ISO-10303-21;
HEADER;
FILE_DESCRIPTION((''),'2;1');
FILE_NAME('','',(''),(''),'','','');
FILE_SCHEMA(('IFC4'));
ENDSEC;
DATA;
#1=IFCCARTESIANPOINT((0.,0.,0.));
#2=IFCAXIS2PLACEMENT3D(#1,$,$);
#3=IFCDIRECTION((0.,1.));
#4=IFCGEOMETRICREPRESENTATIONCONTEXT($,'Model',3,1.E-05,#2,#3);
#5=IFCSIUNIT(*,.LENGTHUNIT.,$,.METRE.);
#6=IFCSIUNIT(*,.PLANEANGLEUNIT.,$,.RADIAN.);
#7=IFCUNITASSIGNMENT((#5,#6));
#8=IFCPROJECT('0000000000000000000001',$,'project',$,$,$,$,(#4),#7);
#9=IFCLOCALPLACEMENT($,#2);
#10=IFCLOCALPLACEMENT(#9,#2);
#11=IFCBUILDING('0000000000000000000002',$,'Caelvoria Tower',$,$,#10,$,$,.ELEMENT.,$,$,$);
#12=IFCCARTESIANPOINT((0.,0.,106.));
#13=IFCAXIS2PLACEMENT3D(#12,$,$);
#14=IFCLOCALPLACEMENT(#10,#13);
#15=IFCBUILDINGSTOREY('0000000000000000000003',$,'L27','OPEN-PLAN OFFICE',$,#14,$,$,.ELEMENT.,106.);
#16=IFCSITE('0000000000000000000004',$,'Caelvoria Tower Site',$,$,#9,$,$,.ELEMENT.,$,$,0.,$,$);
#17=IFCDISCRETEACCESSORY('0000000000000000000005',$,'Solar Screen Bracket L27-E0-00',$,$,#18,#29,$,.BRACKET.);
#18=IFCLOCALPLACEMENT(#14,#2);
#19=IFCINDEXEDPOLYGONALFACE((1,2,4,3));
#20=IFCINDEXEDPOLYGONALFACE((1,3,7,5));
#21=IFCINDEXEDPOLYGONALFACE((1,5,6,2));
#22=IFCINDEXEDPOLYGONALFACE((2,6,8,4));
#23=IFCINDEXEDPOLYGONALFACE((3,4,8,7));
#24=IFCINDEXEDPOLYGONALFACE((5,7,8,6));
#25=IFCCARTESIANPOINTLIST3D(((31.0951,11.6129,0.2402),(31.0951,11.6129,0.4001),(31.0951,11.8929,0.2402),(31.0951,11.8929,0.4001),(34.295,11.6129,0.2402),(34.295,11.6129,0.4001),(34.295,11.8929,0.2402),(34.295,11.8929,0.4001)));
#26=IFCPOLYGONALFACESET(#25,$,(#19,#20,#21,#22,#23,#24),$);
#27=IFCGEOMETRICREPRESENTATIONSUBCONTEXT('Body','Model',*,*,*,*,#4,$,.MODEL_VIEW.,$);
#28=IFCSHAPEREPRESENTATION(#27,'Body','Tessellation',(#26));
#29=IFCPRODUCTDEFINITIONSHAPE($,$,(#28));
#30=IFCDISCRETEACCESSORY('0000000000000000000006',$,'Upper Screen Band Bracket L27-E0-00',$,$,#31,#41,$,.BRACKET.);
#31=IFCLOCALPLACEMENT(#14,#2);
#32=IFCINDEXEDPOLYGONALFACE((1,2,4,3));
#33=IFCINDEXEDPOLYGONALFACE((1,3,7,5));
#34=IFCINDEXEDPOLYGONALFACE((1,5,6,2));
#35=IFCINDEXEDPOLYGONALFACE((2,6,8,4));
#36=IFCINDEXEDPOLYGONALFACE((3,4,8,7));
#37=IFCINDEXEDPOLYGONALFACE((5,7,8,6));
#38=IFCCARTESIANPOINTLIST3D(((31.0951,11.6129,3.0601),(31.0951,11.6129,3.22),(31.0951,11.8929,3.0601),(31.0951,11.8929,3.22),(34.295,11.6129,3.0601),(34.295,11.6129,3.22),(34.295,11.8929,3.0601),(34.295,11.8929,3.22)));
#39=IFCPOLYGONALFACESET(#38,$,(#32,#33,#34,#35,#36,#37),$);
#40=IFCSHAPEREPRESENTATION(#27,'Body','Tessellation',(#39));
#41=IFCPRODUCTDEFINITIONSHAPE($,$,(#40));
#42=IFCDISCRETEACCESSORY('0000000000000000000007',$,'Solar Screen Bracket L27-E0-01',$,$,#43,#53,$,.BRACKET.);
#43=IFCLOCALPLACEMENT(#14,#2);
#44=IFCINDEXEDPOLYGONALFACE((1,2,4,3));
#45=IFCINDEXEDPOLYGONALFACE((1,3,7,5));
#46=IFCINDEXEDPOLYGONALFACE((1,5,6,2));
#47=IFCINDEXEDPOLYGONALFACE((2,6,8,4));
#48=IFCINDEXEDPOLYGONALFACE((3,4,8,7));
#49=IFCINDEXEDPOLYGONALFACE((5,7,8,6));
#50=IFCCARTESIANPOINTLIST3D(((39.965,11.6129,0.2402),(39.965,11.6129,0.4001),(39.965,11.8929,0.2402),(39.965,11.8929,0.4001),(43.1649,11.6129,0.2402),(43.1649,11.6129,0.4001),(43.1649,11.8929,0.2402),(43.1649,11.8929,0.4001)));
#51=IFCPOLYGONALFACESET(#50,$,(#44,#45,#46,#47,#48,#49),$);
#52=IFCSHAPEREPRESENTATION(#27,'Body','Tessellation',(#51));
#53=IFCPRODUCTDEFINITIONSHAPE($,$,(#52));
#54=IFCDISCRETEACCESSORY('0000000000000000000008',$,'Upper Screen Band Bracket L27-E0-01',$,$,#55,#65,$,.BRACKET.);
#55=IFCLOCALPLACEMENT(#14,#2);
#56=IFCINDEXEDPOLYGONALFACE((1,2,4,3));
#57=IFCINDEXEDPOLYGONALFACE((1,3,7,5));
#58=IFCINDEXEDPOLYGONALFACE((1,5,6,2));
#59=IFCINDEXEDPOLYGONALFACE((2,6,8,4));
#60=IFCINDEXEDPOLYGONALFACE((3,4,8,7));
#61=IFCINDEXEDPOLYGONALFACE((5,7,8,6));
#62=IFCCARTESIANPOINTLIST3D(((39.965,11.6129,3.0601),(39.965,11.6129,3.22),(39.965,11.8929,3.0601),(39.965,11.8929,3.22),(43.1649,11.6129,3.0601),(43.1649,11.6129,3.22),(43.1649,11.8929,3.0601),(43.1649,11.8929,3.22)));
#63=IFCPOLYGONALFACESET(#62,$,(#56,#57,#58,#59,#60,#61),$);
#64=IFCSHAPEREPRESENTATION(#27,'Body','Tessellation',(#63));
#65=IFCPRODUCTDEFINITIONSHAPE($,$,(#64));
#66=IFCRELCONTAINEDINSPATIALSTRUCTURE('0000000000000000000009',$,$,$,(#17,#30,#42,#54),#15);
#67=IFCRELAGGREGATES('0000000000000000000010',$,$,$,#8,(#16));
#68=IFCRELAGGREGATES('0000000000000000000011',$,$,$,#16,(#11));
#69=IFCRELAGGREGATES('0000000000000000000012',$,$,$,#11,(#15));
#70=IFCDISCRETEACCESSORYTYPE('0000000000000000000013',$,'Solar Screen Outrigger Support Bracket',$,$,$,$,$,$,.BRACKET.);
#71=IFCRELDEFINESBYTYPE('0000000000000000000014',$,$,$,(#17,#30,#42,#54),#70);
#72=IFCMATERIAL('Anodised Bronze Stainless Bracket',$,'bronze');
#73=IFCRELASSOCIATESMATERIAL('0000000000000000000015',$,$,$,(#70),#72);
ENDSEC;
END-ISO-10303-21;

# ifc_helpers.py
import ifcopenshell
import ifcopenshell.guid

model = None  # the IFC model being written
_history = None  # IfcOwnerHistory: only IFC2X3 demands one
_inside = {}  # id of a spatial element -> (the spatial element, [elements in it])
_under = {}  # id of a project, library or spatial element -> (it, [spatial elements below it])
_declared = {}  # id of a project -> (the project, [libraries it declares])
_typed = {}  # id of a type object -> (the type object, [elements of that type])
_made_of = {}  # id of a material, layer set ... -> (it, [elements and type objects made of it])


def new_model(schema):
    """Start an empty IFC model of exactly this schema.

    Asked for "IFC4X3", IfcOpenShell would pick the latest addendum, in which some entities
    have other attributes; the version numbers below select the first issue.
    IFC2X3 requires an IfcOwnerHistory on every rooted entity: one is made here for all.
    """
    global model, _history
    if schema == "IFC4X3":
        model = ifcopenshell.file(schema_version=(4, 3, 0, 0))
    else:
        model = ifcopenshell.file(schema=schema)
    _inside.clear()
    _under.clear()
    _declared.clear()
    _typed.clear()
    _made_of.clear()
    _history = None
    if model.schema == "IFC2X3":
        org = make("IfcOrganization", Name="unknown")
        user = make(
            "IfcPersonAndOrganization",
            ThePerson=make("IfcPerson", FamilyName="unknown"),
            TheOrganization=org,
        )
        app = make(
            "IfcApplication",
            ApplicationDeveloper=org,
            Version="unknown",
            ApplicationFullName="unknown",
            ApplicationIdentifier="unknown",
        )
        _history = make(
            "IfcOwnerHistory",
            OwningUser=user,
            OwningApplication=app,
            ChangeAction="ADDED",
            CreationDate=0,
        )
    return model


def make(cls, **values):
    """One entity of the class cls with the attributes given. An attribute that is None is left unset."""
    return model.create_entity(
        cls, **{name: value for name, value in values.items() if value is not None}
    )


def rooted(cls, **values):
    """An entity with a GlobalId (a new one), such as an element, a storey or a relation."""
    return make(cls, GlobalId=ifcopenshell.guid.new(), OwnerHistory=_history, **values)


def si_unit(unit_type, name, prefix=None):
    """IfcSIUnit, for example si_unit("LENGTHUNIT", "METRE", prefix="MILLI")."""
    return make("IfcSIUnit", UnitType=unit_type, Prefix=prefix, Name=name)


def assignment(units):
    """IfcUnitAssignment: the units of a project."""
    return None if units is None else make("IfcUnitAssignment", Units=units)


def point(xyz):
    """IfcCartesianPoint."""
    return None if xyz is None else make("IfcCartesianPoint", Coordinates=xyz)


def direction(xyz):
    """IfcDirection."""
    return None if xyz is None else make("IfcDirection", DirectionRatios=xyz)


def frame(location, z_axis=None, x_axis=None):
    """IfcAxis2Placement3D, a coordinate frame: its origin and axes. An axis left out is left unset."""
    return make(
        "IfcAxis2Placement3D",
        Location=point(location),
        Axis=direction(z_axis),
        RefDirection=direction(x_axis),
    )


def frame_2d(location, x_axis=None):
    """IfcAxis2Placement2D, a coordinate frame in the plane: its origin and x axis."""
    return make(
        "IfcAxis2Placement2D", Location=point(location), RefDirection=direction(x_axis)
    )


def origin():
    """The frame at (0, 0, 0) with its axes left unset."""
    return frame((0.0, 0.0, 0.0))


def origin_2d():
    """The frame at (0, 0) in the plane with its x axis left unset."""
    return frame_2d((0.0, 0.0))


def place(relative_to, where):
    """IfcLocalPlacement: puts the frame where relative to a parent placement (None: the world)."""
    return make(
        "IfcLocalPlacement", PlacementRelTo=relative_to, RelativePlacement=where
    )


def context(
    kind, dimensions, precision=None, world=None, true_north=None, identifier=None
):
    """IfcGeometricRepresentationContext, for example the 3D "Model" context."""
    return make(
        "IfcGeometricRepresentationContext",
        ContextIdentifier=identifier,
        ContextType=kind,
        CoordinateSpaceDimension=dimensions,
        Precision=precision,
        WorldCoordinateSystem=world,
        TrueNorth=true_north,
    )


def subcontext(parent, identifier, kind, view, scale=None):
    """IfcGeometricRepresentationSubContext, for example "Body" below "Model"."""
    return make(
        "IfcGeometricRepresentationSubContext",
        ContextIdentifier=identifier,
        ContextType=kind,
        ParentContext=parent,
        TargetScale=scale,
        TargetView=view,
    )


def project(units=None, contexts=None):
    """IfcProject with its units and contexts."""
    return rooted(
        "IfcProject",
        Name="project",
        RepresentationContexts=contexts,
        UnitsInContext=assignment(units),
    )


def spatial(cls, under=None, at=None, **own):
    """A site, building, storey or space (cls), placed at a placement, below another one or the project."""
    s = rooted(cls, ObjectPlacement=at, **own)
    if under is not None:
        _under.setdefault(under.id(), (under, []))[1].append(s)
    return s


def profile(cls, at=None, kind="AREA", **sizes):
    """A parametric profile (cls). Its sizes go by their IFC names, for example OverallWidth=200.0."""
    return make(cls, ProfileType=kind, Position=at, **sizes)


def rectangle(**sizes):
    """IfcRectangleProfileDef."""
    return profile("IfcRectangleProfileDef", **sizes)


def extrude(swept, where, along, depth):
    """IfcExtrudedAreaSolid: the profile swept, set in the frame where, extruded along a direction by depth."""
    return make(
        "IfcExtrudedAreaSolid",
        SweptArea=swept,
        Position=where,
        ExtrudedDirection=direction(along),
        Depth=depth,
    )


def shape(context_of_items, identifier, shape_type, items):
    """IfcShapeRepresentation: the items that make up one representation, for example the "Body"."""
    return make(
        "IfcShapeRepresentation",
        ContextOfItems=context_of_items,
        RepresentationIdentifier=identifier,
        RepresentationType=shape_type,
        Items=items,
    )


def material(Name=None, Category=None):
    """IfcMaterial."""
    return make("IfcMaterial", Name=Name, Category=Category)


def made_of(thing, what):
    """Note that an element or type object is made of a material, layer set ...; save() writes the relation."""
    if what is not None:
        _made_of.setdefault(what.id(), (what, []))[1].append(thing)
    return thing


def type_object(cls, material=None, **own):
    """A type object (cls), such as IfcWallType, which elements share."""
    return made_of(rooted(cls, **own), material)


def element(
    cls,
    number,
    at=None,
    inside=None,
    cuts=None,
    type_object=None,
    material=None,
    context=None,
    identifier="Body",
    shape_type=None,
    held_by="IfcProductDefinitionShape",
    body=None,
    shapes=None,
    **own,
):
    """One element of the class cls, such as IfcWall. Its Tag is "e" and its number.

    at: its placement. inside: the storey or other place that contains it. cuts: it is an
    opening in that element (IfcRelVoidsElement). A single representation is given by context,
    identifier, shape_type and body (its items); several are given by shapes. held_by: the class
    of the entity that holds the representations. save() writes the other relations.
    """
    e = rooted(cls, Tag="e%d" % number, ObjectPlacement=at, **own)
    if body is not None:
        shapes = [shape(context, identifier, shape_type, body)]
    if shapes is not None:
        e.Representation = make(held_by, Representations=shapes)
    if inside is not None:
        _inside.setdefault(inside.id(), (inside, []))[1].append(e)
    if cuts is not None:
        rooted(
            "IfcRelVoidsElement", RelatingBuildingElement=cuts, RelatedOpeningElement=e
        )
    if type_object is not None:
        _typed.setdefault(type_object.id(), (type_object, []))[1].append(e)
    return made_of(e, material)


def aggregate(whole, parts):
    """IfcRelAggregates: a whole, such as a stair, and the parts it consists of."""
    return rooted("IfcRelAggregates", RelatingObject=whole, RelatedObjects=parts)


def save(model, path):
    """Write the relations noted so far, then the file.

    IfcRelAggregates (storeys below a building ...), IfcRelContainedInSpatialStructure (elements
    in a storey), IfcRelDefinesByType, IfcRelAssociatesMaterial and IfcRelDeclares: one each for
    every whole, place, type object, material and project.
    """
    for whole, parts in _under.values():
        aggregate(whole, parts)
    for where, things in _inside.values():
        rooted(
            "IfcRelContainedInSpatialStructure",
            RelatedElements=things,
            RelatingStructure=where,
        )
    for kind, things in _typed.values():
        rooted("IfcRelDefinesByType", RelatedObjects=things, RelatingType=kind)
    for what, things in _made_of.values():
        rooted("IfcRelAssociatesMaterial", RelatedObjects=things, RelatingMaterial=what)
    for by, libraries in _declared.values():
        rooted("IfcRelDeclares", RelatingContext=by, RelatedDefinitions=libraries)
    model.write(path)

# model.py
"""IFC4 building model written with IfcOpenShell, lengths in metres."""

from ifc_helpers import new_model, si_unit, direction, frame, origin, origin_2d, place, context, subcontext, project, spatial, rectangle, extrude, material, type_object, element, save


model = new_model("IFC4")

# Units and contexts
model_context = context("Model", 3, precision=1e-05, world=origin(), true_north=direction((0.0, 1.0)))
body_context = subcontext(model_context, "Body", "Model", "MODEL_VIEW")
ifc_project = project(units=[si_unit("LENGTHUNIT", "METRE"), si_unit("PLANEANGLEUNIT", "RADIAN")], contexts=[model_context])

# Site, building, storey
site_placement = place(None, origin())
site = spatial("IfcSite", under=ifc_project, at=site_placement, Name="Caelvoria Tower Site", CompositionType="ELEMENT", RefElevation=0.0)
building_placement = place(site_placement, origin())
building = spatial("IfcBuilding", under=site, at=building_placement, Name="Caelvoria Tower", CompositionType="ELEMENT")
storey_placement = place(building_placement, frame((0.0, 0.0, 106.0)))
storey = spatial("IfcBuildingStorey", under=building, at=storey_placement, Name="L27", Description="OPEN-PLAN OFFICE", CompositionType="ELEMENT", Elevation=106.0)

# Discrete accessories
ifc_material_1 = material(Name="Anodised Bronze Stainless Bracket", Category="bronze")
discrete_accessory_type = type_object("IfcDiscreteAccessoryType", Name="Solar Screen Outrigger Support Bracket", PredefinedType="BRACKET", material=ifc_material_1)
for number, where, z_axis, x_axis, name in (
    (1, (32.6951, 11.7529, 0.2402), (0.0, 0.0, 1.0), (1.0, 0.0, 0.0), "Solar Screen Bracket L27-E0-00"),
    (2, (32.6951, 11.7529, 3.0601), (0.0, 0.0, 1.0), (1.0, 0.0, 0.0), "Upper Screen Band Bracket L27-E0-00"),
    (3, (41.5649, 11.7529, 0.2402), (0.0, 0.0, 1.0), (1.0, 0.0, 0.0), "Solar Screen Bracket L27-E0-01"),
    (4, (41.5649, 11.7529, 3.0601), (0.0, 0.0, 1.0), (1.0, 0.0, 0.0), "Upper Screen Band Bracket L27-E0-01"),
):
    element("IfcDiscreteAccessory", number, at=place(storey_placement, frame(where, z_axis=z_axis, x_axis=x_axis)), inside=storey, type_object=discrete_accessory_type, Name=name, PredefinedType="BRACKET", context=body_context, shape_type="SweptSolid", body=[
        extrude(rectangle(XDim=3.2, YDim=0.28, at=origin_2d()), origin(), (0.0, 0.0, 1.0), 0.1599),
    ])

save(model, "model.ifc")
